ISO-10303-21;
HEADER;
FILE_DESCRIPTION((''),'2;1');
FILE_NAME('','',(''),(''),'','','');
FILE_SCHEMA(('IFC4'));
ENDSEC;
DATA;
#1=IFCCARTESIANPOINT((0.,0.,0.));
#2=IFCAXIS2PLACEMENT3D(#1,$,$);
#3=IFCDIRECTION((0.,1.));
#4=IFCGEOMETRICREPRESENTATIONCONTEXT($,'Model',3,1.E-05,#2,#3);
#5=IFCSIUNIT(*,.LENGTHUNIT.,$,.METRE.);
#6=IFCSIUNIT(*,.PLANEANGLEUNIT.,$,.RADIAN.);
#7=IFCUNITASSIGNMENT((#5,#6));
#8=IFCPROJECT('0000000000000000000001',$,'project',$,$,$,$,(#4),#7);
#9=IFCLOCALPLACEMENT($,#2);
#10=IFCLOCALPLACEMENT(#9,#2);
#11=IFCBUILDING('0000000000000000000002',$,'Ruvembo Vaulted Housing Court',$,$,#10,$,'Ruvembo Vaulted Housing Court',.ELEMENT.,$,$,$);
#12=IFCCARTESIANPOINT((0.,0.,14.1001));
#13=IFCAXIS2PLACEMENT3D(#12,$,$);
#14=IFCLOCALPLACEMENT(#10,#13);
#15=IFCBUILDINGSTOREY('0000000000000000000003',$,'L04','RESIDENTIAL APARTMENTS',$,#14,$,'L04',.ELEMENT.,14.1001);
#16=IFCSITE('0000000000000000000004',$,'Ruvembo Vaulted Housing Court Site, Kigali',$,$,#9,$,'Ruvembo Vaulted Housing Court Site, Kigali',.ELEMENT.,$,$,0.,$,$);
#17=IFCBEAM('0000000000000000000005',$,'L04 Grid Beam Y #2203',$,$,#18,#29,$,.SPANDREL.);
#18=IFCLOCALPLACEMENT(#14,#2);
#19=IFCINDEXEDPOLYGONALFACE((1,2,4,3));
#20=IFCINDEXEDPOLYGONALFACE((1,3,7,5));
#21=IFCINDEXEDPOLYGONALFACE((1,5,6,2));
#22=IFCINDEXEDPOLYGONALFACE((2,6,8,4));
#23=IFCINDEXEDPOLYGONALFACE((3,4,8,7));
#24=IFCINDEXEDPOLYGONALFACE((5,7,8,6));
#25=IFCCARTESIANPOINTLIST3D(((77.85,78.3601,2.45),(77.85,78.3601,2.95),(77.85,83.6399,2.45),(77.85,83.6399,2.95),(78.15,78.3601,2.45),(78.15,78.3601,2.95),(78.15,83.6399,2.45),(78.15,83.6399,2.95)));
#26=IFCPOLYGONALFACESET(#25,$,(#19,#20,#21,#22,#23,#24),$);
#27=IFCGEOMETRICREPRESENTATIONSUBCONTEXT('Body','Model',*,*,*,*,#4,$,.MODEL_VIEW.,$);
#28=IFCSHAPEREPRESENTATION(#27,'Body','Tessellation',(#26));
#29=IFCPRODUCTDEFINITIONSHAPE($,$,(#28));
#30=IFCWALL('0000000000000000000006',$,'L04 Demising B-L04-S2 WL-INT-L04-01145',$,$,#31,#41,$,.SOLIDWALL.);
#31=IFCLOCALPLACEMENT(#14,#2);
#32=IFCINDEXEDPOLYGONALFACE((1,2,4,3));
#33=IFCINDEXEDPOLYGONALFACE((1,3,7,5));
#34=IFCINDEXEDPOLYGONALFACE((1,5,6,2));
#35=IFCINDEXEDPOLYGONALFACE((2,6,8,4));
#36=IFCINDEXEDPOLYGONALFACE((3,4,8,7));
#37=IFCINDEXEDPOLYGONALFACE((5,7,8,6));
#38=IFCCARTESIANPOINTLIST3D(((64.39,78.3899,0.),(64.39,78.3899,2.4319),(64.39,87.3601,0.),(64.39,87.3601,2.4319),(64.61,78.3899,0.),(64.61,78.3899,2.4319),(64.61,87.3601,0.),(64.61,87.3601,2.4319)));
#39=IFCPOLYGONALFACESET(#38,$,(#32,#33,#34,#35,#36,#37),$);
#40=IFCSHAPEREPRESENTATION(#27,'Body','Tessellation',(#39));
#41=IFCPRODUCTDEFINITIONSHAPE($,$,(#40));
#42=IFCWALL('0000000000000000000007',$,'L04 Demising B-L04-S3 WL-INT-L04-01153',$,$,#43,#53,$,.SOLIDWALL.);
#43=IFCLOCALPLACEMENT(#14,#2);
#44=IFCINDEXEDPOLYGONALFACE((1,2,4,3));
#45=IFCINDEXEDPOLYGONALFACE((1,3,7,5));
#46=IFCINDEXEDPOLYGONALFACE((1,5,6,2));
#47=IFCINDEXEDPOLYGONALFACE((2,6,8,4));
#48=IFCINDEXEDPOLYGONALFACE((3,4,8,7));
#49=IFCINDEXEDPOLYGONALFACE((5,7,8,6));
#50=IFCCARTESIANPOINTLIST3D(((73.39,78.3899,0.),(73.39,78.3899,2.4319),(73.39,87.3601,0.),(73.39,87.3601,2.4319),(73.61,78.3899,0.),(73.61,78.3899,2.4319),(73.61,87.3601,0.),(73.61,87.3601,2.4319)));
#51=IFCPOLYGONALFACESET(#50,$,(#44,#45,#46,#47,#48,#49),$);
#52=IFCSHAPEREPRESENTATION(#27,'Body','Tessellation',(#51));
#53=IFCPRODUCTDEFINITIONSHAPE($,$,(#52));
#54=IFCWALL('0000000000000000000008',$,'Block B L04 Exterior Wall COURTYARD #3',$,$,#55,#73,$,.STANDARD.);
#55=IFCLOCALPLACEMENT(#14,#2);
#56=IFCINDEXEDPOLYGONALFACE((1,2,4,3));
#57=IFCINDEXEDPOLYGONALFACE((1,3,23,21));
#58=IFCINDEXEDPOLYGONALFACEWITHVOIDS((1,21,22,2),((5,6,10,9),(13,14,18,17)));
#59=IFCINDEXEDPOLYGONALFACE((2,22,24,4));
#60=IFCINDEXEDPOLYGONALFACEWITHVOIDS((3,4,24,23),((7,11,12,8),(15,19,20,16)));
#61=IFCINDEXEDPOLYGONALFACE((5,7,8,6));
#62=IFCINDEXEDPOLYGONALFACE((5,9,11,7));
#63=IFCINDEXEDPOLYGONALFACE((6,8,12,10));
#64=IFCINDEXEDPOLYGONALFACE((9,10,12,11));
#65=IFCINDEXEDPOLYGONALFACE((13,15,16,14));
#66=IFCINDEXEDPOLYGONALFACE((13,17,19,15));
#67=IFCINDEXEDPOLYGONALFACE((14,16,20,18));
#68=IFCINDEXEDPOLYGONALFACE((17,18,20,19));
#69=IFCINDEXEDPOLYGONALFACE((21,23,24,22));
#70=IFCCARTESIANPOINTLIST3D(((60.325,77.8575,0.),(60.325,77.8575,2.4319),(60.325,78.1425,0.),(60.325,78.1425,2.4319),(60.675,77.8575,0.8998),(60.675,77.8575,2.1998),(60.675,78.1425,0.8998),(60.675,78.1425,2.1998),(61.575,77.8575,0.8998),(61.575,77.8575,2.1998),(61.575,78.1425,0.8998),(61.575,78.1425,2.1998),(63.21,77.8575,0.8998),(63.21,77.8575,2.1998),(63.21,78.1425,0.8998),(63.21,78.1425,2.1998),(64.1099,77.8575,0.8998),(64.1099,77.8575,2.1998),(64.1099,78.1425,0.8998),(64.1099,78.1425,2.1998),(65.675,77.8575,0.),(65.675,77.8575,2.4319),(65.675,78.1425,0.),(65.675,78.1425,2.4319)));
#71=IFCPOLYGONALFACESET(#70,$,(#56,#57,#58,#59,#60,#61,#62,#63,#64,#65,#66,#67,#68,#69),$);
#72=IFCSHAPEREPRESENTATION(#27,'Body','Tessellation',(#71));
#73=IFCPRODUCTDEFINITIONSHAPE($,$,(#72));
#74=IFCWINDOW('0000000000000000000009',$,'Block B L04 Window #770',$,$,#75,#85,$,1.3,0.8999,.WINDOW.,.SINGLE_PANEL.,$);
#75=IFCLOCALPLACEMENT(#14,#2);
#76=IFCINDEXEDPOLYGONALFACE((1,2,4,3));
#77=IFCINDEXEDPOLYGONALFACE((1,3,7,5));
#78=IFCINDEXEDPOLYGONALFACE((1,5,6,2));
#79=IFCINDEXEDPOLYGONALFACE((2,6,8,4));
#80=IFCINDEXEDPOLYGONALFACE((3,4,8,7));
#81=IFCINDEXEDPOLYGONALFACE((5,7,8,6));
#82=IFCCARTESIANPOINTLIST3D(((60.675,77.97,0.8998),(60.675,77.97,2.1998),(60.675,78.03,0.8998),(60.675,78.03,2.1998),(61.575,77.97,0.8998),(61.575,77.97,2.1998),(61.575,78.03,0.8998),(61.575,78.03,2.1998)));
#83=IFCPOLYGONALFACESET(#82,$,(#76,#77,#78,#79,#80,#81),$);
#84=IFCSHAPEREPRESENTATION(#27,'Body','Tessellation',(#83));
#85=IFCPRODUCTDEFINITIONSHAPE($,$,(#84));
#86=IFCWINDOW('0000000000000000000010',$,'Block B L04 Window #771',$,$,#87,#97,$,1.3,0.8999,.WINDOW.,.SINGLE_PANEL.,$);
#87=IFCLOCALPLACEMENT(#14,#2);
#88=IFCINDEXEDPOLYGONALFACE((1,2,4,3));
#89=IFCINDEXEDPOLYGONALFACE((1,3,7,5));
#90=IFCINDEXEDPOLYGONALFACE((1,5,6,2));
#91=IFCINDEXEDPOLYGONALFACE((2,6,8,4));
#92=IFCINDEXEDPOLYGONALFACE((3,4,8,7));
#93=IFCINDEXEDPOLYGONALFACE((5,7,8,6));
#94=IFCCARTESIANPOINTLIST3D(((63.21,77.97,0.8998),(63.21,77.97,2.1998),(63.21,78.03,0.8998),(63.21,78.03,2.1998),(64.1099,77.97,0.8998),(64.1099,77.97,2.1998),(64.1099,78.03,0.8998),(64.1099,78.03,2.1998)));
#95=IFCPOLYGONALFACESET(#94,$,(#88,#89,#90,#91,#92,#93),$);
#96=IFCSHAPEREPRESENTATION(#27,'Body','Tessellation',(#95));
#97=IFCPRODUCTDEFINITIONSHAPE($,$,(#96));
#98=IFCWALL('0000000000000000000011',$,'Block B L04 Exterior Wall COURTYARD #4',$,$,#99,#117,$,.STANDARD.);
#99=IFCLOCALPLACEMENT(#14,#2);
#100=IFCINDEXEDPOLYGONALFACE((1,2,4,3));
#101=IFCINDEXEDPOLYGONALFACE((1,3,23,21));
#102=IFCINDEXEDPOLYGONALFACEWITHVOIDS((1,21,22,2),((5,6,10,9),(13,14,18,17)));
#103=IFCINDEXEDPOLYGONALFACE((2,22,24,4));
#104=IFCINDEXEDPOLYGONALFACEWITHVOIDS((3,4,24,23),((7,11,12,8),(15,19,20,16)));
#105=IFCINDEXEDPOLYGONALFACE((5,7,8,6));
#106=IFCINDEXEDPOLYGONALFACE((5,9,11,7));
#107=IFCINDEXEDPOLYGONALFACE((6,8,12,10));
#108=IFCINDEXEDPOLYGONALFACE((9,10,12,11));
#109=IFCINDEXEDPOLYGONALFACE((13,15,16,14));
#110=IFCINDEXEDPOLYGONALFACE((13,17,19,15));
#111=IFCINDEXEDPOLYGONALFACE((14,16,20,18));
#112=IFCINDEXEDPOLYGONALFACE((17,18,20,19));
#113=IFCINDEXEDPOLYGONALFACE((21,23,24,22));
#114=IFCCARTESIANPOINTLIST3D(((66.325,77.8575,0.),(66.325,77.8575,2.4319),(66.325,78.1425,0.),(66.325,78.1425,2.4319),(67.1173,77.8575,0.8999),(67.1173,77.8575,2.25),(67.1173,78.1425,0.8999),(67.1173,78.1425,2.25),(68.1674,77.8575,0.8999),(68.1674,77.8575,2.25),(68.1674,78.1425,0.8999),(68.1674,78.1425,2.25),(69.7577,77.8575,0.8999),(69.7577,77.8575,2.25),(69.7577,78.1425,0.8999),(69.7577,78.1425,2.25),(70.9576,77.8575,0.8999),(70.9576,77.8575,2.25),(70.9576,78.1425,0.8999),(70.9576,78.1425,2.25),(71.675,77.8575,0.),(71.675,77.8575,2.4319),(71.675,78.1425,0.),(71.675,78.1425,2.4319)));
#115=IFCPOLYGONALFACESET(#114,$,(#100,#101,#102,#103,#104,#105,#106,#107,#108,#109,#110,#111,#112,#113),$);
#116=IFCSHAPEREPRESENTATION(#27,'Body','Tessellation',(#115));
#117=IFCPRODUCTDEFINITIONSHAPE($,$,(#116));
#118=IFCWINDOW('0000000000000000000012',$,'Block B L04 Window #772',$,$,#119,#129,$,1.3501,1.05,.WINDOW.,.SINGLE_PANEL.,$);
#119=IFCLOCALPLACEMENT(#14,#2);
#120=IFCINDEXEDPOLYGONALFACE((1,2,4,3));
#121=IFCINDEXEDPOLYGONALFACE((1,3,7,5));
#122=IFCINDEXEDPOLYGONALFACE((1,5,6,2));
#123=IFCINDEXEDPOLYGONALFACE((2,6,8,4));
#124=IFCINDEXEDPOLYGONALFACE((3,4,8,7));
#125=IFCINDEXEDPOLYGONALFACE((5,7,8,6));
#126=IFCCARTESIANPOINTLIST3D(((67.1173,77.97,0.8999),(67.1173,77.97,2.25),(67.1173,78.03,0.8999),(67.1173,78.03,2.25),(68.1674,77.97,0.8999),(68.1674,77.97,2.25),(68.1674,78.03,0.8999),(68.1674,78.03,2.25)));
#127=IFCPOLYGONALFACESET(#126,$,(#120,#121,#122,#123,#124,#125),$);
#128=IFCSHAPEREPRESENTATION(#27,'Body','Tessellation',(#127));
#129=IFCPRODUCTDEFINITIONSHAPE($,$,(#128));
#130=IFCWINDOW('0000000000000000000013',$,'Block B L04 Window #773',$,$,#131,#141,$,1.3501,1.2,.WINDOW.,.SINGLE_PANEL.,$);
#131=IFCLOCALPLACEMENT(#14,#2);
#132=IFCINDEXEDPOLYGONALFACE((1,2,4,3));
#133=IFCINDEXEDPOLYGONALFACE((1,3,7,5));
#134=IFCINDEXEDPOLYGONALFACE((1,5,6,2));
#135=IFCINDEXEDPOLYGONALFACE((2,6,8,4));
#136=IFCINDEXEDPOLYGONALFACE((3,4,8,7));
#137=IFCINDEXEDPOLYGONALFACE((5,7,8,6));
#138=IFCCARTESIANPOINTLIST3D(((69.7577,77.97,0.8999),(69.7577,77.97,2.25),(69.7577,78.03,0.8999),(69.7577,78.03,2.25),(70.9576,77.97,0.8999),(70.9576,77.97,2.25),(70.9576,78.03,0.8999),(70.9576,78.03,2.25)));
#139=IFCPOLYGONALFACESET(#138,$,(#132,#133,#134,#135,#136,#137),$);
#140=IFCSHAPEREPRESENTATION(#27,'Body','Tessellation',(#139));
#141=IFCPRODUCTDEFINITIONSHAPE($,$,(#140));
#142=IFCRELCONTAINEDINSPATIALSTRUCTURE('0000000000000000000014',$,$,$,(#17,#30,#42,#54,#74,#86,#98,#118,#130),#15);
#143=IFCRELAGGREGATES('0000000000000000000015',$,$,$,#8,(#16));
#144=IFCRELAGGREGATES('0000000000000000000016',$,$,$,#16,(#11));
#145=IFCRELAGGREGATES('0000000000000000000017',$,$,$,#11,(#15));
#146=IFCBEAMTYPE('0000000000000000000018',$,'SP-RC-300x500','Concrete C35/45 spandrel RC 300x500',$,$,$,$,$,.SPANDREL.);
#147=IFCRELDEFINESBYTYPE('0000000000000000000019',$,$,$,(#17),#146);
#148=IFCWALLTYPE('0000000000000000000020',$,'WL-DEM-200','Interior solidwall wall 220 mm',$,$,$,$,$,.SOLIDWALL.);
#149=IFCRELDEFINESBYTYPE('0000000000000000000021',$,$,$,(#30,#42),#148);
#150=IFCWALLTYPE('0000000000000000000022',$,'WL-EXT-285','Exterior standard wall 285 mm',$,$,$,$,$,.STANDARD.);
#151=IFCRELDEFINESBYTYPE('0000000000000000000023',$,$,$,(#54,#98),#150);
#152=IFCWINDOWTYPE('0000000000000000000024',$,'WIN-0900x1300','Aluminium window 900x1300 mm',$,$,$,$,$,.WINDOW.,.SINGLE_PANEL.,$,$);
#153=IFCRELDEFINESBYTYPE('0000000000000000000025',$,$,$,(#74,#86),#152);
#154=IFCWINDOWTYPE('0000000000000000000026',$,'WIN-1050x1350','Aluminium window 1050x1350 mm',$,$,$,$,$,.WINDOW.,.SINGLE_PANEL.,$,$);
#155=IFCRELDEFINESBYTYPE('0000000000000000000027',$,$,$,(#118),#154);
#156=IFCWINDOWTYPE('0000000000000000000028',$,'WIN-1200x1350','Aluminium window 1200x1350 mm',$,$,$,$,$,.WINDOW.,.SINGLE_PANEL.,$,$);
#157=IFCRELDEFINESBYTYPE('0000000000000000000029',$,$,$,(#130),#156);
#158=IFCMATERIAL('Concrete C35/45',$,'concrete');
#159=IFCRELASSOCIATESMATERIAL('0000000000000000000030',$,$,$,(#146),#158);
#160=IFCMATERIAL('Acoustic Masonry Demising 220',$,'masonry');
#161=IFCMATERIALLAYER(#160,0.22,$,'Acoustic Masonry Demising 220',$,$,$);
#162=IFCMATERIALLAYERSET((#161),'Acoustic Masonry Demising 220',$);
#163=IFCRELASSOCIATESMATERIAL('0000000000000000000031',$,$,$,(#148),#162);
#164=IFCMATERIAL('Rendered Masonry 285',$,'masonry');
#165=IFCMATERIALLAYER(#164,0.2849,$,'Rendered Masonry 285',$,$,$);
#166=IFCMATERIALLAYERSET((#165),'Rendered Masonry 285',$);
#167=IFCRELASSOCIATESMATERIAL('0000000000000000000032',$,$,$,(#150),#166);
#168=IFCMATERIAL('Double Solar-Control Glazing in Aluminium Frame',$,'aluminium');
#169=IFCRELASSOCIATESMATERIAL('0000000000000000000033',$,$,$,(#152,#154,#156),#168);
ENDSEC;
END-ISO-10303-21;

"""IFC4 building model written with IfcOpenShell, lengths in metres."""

from ifc_helpers import new_model, si_unit, direction, frame, frame_2d, origin, origin_2d, place, context, subcontext, project, spatial, rectangle, extrude, material, layer, layer_set, material_profile, profile_set, type_object, element, fill, save


model = new_model("IFC4")

# Units and contexts
model_context = context("Model", 3, precision=1e-05, world=origin(), true_north=direction((0.0, 1.0)))
body_context = subcontext(model_context, "Body", "Model", "MODEL_VIEW")
ifc_project = project(units=[si_unit("LENGTHUNIT", "METRE"), si_unit("PLANEANGLEUNIT", "RADIAN")], contexts=[model_context])

# Site, building, storey
site_placement = place(None, origin())
site = spatial("IfcSite", under=ifc_project, at=site_placement, Name="Ruvembo Vaulted Housing Court Site, Kigali", LongName="Ruvembo Vaulted Housing Court Site, Kigali", CompositionType="ELEMENT", RefElevation=0.0)
building_placement = place(site_placement, origin())
building = spatial("IfcBuilding", under=site, at=building_placement, Name="Ruvembo Vaulted Housing Court", LongName="Ruvembo Vaulted Housing Court", CompositionType="ELEMENT")
storey_placement = place(building_placement, frame((0.0, 0.0, 14.1001)))
storey = spatial("IfcBuildingStorey", under=building, at=storey_placement, Name="L04", Description="RESIDENTIAL APARTMENTS", LongName="L04", CompositionType="ELEMENT", Elevation=14.1001)

# Beam
ifc_material_1 = material(Name="Concrete C35/45", Category="concrete")
ifc_material_profile_1 = material_profile(ifc_material_1, rectangle(XDim=0.3, YDim=0.5, at=origin_2d()), Name="RC 300x500")
ifc_profile_set_1 = profile_set([ifc_material_profile_1], Name="Concrete C35/45")
beam_type_1 = type_object("IfcBeamType", Name="SP-RC-300x500", Description="Concrete C35/45 spandrel RC 300x500", PredefinedType="SPANDREL", material=ifc_profile_set_1)
beam_1_placement = place(storey_placement, frame((78.0, 78.3601, 2.7), z_axis=(0.0, 1.0, 0.0), x_axis=(-1.0, 0.0, 0.0)))
element("IfcBeam", 1, at=beam_1_placement, inside=storey, type_object=beam_type_1, Name="L04 Grid Beam Y #2203", PredefinedType="SPANDREL", context=body_context, shape_type="SweptSolid", body=[
    extrude(rectangle(XDim=0.3, YDim=0.5, at=origin_2d()), origin(), (0.0, 0.0, 1.0), 5.2798),
])

# Walls
ifc_material_2 = material(Name="Acoustic Masonry Demising 220", Category="masonry")
ifc_layer_1 = layer(ifc_material_2, 0.22, Name="Acoustic Masonry Demising 220")
ifc_layer_set_1 = layer_set([ifc_layer_1], Name="Acoustic Masonry Demising 220")
wall_type_1 = type_object("IfcWallType", Name="WL-DEM-200", Description="Interior solidwall wall 220 mm", PredefinedType="SOLIDWALL", material=ifc_layer_set_1)
for number, where, z_axis, x_axis, name in (
    (2, (64.5, 78.3899, 0.0), (0.0, 0.0, 1.0), (0.0, 1.0, 0.0), "L04 Demising B-L04-S2 WL-INT-L04-01145"),
    (3, (73.5, 78.3899, 0.0), (0.0, 0.0, 1.0), (0.0, 1.0, 0.0), "L04 Demising B-L04-S3 WL-INT-L04-01153"),
):
    element("IfcWall", number, at=place(storey_placement, frame(where, z_axis=z_axis, x_axis=x_axis)), inside=storey, type_object=wall_type_1, Name=name, PredefinedType="SOLIDWALL", context=body_context, shape_type="SweptSolid", body=[
        extrude(rectangle(XDim=8.9702, YDim=0.22, at=frame_2d((4.4851, 0.0))), origin(), (0.0, 0.0, 1.0), 2.4319),
    ])

# Walls, openings, windows
ifc_material_3 = material(Name="Rendered Masonry 285", Category="masonry")
ifc_layer_2 = layer(ifc_material_3, 0.2849, Name="Rendered Masonry 285")
ifc_layer_set_2 = layer_set([ifc_layer_2], Name="Rendered Masonry 285")
wall_type_2 = type_object("IfcWallType", Name="WL-EXT-285", Description="Exterior standard wall 285 mm", PredefinedType="STANDARD", material=ifc_layer_set_2)
wall_1_placement = place(storey_placement, frame((60.325, 78.0, 0.0), z_axis=(0.0, 0.0, 1.0), x_axis=(1.0, 0.0, 0.0)))
wall_1 = element("IfcWall", 4, at=wall_1_placement, inside=storey, type_object=wall_type_2, Name="Block B L04 Exterior Wall COURTYARD #3", PredefinedType="STANDARD", context=body_context, shape_type="SweptSolid", body=[
    extrude(rectangle(XDim=5.3501, YDim=0.2849, at=frame_2d((2.675, 0.0))), origin(), (0.0, 0.0, 1.0), 2.4319),
])
opening_1_placement = place(wall_1_placement, frame((0.3501, 0.0, 0.8999)))
opening_1 = element("IfcOpeningElement", 5, at=opening_1_placement, cuts=wall_1, PredefinedType="OPENING", context=body_context, shape_type="SweptSolid", body=[
    extrude(rectangle(XDim=0.8999, YDim=1.3, at=frame_2d((0.45, 0.6499))), frame((0.0, 0.1523, 0.0), z_axis=(0.0, -1.0, 0.0), x_axis=(1.0, 0.0, 0.0)), (0.0, 0.0, 1.0), 0.3049),
])
opening_2_placement = place(wall_1_placement, frame((2.885, 0.0, 0.8999)))
opening_2 = element("IfcOpeningElement", 6, at=opening_2_placement, cuts=wall_1, PredefinedType="OPENING", context=body_context, shape_type="SweptSolid", body=[
    extrude(rectangle(XDim=0.8999, YDim=1.3, at=frame_2d((0.45, 0.6499))), frame((0.0, 0.1523, 0.0), z_axis=(0.0, -1.0, 0.0), x_axis=(1.0, 0.0, 0.0)), (0.0, 0.0, 1.0), 0.3049),
])
ifc_material_4 = material(Name="Double Solar-Control Glazing in Aluminium Frame", Category="aluminium")
window_type_1 = type_object("IfcWindowType", Name="WIN-0900x1300", Description="Aluminium window 900x1300 mm", PartitioningType="SINGLE_PANEL", PredefinedType="WINDOW", material=ifc_material_4)
window_1_placement = place(opening_1_placement, origin())
window_1 = element("IfcWindow", 7, at=window_1_placement, inside=storey, type_object=window_type_1, Name="Block B L04 Window #770", OverallHeight=1.3, OverallWidth=0.8999, PartitioningType="SINGLE_PANEL", PredefinedType="WINDOW", context=body_context, shape_type="SweptSolid", body=[
    extrude(rectangle(XDim=0.8999, YDim=1.3, at=frame_2d((0.45, 0.6499))), frame((0.0, 0.03, 0.0), z_axis=(0.0, -1.0, 0.0), x_axis=(1.0, 0.0, 0.0)), (0.0, 0.0, 1.0), 0.0601),
])
fill(opening_1, window_1)
window_2_placement = place(opening_2_placement, origin())
window_2 = element("IfcWindow", 8, at=window_2_placement, inside=storey, type_object=window_type_1, Name="Block B L04 Window #771", OverallHeight=1.3, OverallWidth=0.8999, PartitioningType="SINGLE_PANEL", PredefinedType="WINDOW", context=body_context, shape_type="SweptSolid", body=[
    extrude(rectangle(XDim=0.8999, YDim=1.3, at=frame_2d((0.45, 0.6499))), frame((0.0, 0.03, 0.0), z_axis=(0.0, -1.0, 0.0), x_axis=(1.0, 0.0, 0.0)), (0.0, 0.0, 1.0), 0.0601),
])
fill(opening_2, window_2)
wall_2_placement = place(storey_placement, frame((66.325, 78.0, 0.0), z_axis=(0.0, 0.0, 1.0), x_axis=(1.0, 0.0, 0.0)))
wall_2 = element("IfcWall", 9, at=wall_2_placement, inside=storey, type_object=wall_type_2, Name="Block B L04 Exterior Wall COURTYARD #4", PredefinedType="STANDARD", context=body_context, shape_type="SweptSolid", body=[
    extrude(rectangle(XDim=5.3501, YDim=0.2849, at=frame_2d((2.675, 0.0))), origin(), (0.0, 0.0, 1.0), 2.4319),
])
opening_3_placement = place(wall_2_placement, frame((0.7925, 0.0, 0.8999)))
opening_3 = element("IfcOpeningElement", 10, at=opening_3_placement, cuts=wall_2, PredefinedType="OPENING", context=body_context, shape_type="SweptSolid", body=[
    extrude(rectangle(XDim=1.05, YDim=1.3501, at=frame_2d((0.5249, 0.675))), frame((0.0, 0.1523, 0.0), z_axis=(0.0, -1.0, 0.0), x_axis=(1.0, 0.0, 0.0)), (0.0, 0.0, 1.0), 0.3049),
])
opening_4_placement = place(wall_2_placement, frame((3.4326, 0.0, 0.8999)))
opening_4 = element("IfcOpeningElement", 11, at=opening_4_placement, cuts=wall_2, PredefinedType="OPENING", context=body_context, shape_type="SweptSolid", body=[
    extrude(rectangle(XDim=1.2, YDim=1.3501, at=frame_2d((0.6001, 0.675))), frame((0.0, 0.1523, 0.0), z_axis=(0.0, -1.0, 0.0), x_axis=(1.0, 0.0, 0.0)), (0.0, 0.0, 1.0), 0.3049),
])
window_type_2 = type_object("IfcWindowType", Name="WIN-1050x1350", Description="Aluminium window 1050x1350 mm", PartitioningType="SINGLE_PANEL", PredefinedType="WINDOW", material=ifc_material_4)
window_3_placement = place(opening_3_placement, origin())
window_3 = element("IfcWindow", 12, at=window_3_placement, inside=storey, type_object=window_type_2, Name="Block B L04 Window #772", OverallHeight=1.3501, OverallWidth=1.05, PartitioningType="SINGLE_PANEL", PredefinedType="WINDOW", context=body_context, shape_type="SweptSolid", body=[
    extrude(rectangle(XDim=1.05, YDim=1.3501, at=frame_2d((0.5249, 0.675))), frame((0.0, 0.03, 0.0), z_axis=(0.0, -1.0, 0.0), x_axis=(1.0, 0.0, 0.0)), (0.0, 0.0, 1.0), 0.0601),
])
fill(opening_3, window_3)
window_type_3 = type_object("IfcWindowType", Name="WIN-1200x1350", Description="Aluminium window 1200x1350 mm", PartitioningType="SINGLE_PANEL", PredefinedType="WINDOW", material=ifc_material_4)
window_4_placement = place(opening_4_placement, origin())
window_4 = element("IfcWindow", 13, at=window_4_placement, inside=storey, type_object=window_type_3, Name="Block B L04 Window #773", OverallHeight=1.3501, OverallWidth=1.2, PartitioningType="SINGLE_PANEL", PredefinedType="WINDOW", context=body_context, shape_type="SweptSolid", body=[
    extrude(rectangle(XDim=1.2, YDim=1.3501, at=frame_2d((0.6001, 0.675))), frame((0.0, 0.03, 0.0), z_axis=(0.0, -1.0, 0.0), x_axis=(1.0, 0.0, 0.0)), (0.0, 0.0, 1.0), 0.0601),
])
fill(opening_4, window_4)

save(model, "model.ifc")
